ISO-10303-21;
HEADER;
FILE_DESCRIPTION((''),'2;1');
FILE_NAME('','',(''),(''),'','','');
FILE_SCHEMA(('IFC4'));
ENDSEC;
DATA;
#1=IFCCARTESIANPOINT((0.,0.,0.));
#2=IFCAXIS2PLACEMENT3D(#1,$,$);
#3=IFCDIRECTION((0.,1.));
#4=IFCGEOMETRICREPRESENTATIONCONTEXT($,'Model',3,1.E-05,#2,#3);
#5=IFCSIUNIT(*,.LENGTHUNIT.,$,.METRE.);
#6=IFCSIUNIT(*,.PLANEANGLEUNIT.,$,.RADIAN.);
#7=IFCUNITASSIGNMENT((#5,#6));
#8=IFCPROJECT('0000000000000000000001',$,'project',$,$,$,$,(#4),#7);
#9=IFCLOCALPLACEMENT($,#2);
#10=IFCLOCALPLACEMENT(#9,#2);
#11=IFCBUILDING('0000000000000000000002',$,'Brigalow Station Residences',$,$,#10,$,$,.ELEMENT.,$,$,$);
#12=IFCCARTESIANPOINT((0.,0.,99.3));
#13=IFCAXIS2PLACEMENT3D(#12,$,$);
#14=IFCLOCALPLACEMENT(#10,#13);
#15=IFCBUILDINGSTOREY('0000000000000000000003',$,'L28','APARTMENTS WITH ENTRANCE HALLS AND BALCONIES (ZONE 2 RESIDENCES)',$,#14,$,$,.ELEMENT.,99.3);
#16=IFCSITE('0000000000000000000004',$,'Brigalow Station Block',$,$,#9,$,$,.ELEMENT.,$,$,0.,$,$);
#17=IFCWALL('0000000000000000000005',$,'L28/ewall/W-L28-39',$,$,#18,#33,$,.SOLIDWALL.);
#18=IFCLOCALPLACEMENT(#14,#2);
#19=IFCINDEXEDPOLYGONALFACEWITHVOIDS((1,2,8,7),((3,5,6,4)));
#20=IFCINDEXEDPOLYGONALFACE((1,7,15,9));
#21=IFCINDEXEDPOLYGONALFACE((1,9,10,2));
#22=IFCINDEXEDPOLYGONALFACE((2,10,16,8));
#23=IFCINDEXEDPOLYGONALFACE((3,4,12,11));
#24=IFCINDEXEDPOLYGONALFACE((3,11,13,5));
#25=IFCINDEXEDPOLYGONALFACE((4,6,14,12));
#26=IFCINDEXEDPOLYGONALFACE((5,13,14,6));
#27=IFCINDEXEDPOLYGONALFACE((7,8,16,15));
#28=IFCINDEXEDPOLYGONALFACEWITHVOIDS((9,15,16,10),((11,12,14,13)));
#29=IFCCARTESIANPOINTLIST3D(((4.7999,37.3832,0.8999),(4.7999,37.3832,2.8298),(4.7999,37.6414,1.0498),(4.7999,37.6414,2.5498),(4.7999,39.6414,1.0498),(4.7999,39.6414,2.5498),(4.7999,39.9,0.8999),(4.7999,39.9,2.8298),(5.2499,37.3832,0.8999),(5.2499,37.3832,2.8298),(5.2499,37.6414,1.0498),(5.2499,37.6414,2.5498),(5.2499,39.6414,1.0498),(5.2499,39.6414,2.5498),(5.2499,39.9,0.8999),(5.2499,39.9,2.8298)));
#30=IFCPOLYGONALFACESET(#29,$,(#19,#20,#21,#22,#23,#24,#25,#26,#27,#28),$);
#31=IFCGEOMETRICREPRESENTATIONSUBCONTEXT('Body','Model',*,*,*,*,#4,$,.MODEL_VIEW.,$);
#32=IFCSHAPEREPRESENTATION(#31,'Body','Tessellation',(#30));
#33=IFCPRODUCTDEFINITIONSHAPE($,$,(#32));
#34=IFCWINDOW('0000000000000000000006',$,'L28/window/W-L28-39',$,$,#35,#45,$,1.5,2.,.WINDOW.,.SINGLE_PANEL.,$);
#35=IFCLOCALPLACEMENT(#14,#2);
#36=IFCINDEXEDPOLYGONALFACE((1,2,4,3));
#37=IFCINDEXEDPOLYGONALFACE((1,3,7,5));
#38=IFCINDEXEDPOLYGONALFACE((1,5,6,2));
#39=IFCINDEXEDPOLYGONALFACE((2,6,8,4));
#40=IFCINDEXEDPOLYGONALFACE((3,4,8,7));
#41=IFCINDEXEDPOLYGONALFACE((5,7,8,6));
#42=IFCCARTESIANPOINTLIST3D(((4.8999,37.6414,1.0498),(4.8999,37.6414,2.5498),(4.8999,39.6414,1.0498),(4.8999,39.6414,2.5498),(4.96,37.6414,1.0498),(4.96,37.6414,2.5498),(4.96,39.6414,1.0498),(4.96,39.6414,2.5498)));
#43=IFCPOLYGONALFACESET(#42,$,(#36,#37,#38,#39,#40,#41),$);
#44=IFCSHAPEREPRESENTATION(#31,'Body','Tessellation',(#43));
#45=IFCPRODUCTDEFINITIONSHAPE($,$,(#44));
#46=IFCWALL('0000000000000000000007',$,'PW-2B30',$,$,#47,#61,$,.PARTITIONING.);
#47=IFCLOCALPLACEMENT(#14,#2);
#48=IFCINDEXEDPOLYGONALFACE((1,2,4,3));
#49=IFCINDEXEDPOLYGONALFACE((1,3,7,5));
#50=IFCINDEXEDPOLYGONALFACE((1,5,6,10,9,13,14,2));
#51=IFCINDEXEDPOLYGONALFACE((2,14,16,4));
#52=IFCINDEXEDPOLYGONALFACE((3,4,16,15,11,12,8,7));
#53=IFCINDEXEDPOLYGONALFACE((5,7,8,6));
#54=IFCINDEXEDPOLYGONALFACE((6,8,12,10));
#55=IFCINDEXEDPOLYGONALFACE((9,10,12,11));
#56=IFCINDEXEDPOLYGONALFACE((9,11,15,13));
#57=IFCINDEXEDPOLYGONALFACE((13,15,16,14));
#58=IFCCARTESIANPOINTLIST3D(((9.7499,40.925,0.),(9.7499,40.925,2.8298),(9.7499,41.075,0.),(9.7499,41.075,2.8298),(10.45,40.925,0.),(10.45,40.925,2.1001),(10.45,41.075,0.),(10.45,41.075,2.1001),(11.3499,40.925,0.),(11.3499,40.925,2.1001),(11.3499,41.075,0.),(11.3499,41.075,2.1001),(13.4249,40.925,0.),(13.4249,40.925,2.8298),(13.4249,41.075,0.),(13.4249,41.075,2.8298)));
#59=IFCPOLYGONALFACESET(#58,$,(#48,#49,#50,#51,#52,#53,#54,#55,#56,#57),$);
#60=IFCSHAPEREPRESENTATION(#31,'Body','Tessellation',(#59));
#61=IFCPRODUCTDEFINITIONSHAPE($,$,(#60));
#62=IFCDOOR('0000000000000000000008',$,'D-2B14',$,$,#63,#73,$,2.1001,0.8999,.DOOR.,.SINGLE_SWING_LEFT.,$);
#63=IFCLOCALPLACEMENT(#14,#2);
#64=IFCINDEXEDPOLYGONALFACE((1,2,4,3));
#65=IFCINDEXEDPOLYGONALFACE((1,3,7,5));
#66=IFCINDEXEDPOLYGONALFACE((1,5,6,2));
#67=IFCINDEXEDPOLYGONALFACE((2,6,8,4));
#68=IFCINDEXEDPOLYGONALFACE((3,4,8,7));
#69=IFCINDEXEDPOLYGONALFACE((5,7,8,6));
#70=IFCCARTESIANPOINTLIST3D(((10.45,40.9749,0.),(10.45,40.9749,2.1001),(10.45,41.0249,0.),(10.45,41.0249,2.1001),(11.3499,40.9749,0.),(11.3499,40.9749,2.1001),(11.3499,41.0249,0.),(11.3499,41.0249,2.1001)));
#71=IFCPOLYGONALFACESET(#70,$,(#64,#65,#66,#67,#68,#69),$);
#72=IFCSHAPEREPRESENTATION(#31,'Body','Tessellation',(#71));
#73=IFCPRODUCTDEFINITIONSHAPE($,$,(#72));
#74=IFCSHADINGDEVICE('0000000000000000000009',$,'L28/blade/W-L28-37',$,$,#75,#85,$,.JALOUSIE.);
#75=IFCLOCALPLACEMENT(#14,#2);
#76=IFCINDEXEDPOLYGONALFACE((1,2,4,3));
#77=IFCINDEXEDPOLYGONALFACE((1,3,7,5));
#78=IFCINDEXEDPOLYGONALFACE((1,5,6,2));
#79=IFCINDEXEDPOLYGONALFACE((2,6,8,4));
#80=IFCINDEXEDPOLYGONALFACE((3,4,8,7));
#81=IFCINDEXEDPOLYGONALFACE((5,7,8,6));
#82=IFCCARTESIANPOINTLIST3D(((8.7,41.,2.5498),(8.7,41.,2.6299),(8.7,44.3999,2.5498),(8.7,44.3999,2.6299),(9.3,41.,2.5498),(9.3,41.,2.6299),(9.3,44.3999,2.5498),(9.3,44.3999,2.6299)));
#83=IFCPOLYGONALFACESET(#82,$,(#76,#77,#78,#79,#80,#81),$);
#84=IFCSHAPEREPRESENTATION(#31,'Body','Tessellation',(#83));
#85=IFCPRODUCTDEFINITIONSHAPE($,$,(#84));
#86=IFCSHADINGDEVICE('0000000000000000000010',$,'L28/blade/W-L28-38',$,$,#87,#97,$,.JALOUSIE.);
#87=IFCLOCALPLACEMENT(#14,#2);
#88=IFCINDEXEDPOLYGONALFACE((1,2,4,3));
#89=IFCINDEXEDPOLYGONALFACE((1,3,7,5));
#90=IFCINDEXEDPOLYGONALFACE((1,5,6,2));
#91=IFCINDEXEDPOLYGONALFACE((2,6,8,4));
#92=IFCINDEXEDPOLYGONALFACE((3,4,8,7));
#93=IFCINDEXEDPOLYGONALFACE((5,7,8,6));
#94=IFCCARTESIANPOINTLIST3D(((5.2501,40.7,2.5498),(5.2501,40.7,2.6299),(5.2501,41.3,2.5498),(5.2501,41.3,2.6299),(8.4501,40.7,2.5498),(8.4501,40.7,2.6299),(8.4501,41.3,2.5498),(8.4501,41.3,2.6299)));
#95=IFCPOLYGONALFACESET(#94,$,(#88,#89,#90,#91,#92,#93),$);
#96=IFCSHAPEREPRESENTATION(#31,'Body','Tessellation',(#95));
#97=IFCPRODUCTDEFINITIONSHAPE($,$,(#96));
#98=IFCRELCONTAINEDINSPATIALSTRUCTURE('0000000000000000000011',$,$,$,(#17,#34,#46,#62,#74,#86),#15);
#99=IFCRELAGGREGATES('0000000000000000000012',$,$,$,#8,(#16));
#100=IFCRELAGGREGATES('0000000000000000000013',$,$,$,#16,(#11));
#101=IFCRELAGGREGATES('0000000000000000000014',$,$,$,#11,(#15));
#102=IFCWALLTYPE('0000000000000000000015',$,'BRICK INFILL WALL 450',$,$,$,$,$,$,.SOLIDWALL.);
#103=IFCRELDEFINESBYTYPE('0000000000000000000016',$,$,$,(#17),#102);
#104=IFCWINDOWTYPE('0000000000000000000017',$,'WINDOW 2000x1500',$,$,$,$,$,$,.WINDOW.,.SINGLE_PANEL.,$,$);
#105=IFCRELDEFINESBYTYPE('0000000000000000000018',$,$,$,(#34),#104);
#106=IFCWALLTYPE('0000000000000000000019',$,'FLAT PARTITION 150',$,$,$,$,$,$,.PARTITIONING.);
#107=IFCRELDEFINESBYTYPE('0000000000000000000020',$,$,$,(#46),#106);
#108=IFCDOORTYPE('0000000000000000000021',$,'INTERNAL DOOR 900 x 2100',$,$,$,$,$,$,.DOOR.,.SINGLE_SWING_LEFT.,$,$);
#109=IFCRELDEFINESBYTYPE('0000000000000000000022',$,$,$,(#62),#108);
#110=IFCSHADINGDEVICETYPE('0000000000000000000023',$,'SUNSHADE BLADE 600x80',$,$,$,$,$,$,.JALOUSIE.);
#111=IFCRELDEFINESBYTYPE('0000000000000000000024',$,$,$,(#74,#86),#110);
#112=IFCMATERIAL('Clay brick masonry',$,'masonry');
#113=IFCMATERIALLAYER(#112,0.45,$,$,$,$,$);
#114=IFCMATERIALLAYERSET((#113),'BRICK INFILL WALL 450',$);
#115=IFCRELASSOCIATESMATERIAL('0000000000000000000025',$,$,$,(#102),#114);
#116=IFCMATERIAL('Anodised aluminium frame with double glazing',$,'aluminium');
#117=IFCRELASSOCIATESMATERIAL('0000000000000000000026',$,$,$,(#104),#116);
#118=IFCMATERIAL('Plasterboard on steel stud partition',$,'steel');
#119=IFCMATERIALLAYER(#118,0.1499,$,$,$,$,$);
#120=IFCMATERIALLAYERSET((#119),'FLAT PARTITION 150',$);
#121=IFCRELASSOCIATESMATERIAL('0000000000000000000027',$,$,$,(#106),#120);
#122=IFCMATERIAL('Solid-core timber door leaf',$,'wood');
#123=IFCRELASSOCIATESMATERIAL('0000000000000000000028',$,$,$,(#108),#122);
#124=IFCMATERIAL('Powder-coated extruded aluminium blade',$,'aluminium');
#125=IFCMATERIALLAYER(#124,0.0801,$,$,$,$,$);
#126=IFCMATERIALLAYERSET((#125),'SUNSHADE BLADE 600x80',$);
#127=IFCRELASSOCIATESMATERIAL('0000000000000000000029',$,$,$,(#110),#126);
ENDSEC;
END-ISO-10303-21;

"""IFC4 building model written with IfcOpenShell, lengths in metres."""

from ifc_helpers import new_model, si_unit, direction, frame, frame_2d, origin, origin_2d, place, context, subcontext, project, spatial, rectangle, extrude, material, layer, layer_set, type_object, element, fill, save


model = new_model("IFC4")

# Units and contexts
model_context = context("Model", 3, precision=1e-05, world=origin(), true_north=direction((0.0, 1.0)))
body_context = subcontext(model_context, "Body", "Model", "MODEL_VIEW")
ifc_project = project(units=[si_unit("LENGTHUNIT", "METRE"), si_unit("PLANEANGLEUNIT", "RADIAN")], contexts=[model_context])

# Site, building, storey
site_placement = place(None, origin())
site = spatial("IfcSite", under=ifc_project, at=site_placement, Name="Brigalow Station Block", CompositionType="ELEMENT", RefElevation=0.0)
building_placement = place(site_placement, origin())
building = spatial("IfcBuilding", under=site, at=building_placement, Name="Brigalow Station Residences", CompositionType="ELEMENT")
storey_placement = place(building_placement, frame((0.0, 0.0, 99.3)))
storey = spatial("IfcBuildingStorey", under=building, at=storey_placement, Name="L28", Description="APARTMENTS WITH ENTRANCE HALLS AND BALCONIES (ZONE 2 RESIDENCES)", CompositionType="ELEMENT", Elevation=99.3)

# Shared definitions
ifc_material_1 = material(Name="Clay brick masonry", Category="masonry")
ifc_layer_1 = layer(ifc_material_1, 0.45)
ifc_layer_set_1 = layer_set([ifc_layer_1], Name="BRICK INFILL WALL 450")
wall_type_1 = type_object("IfcWallType", Name="BRICK INFILL WALL 450", PredefinedType="SOLIDWALL", material=ifc_layer_set_1)

# Wall, opening, window
wall_1_placement = place(storey_placement, frame((5.0249, 39.8999, 0.8999), z_axis=(0.0, 0.0, 1.0), x_axis=(0.0, -1.0, 0.0)))
wall_1 = element("IfcWall", 1, at=wall_1_placement, inside=storey, type_object=wall_type_1, Name="L28/ewall/W-L28-39", PredefinedType="SOLIDWALL", context=body_context, shape_type="SweptSolid", body=[
    extrude(rectangle(XDim=2.5168, YDim=0.45, at=frame_2d((1.2583, 0.0))), origin(), (0.0, 0.0, 1.0), 1.9299),
])
opening_1_placement = place(wall_1_placement, frame((0.2585, 0.0, 0.1499)))
opening_1 = element("IfcOpeningElement", 2, at=opening_1_placement, cuts=wall_1, PredefinedType="OPENING", context=body_context, shape_type="SweptSolid", body=[
    extrude(rectangle(XDim=2.0, YDim=1.5, at=frame_2d((1.0, 0.75))), frame((0.0, 0.2349, 0.0), z_axis=(0.0, -1.0, 0.0), x_axis=(1.0, 0.0, 0.0)), (0.0, 0.0, 1.0), 0.47),
])
ifc_material_2 = material(Name="Anodised aluminium frame with double glazing", Category="aluminium")
window_type_1 = type_object("IfcWindowType", Name="WINDOW 2000x1500", PartitioningType="SINGLE_PANEL", PredefinedType="WINDOW", material=ifc_material_2)
window_1_placement = place(opening_1_placement, origin())
window_1 = element("IfcWindow", 3, at=window_1_placement, inside=storey, type_object=window_type_1, Name="L28/window/W-L28-39", OverallHeight=1.5, OverallWidth=2.0, PartitioningType="SINGLE_PANEL", PredefinedType="WINDOW", context=body_context, shape_type="SweptSolid", body=[
    extrude(rectangle(XDim=2.0, YDim=1.5, at=frame_2d((1.0, 0.75))), frame((0.0, -0.0649, 0.0), z_axis=(0.0, -1.0, 0.0), x_axis=(1.0, 0.0, 0.0)), (0.0, 0.0, 1.0), 0.0601),
])
fill(opening_1, window_1)

# Wall, opening, door
ifc_material_3 = material(Name="Plasterboard on steel stud partition", Category="steel")
ifc_layer_2 = layer(ifc_material_3, 0.1499)
ifc_layer_set_2 = layer_set([ifc_layer_2], Name="FLAT PARTITION 150")
wall_type_2 = type_object("IfcWallType", Name="FLAT PARTITION 150", PredefinedType="PARTITIONING", material=ifc_layer_set_2)
wall_2_placement = place(storey_placement, frame((9.75, 41.0, 0.0), z_axis=(0.0, 0.0, 1.0), x_axis=(1.0, 0.0, 0.0)))
wall_2 = element("IfcWall", 4, at=wall_2_placement, inside=storey, type_object=wall_type_2, Name="PW-2B30", PredefinedType="PARTITIONING", context=body_context, shape_type="SweptSolid", body=[
    extrude(rectangle(XDim=3.675, YDim=0.1499, at=frame_2d((1.8374, 0.0))), origin(), (0.0, 0.0, 1.0), 2.8298),
])
opening_2_placement = place(wall_2_placement, frame((0.7, 0.0, 0.0)))
opening_2 = element("IfcOpeningElement", 5, at=opening_2_placement, cuts=wall_2, PredefinedType="OPENING", context=body_context, shape_type="SweptSolid", body=[
    extrude(rectangle(XDim=0.8999, YDim=2.1001, at=frame_2d((0.45, 1.05))), frame((0.0, 0.085, 0.0), z_axis=(0.0, -1.0, 0.0), x_axis=(1.0, 0.0, 0.0)), (0.0, 0.0, 1.0), 0.1699),
])
ifc_material_4 = material(Name="Solid-core timber door leaf", Category="wood")
door_type_1 = type_object("IfcDoorType", Name="INTERNAL DOOR 900 x 2100", OperationType="SINGLE_SWING_LEFT", PredefinedType="DOOR", material=ifc_material_4)
door_1_placement = place(opening_2_placement, origin())
door_1 = element("IfcDoor", 6, at=door_1_placement, inside=storey, type_object=door_type_1, Name="D-2B14", OperationType="SINGLE_SWING_LEFT", OverallHeight=2.1001, OverallWidth=0.8999, PredefinedType="DOOR", context=body_context, shape_type="SweptSolid", body=[
    extrude(rectangle(XDim=0.8999, YDim=2.1001, at=frame_2d((0.45, 1.05))), frame((0.0, 0.0249, 0.0), z_axis=(0.0, -1.0, 0.0), x_axis=(1.0, 0.0, 0.0)), (0.0, 0.0, 1.0), 0.05),
])
fill(opening_2, door_1)

# Shading devices
ifc_material_5 = material(Name="Powder-coated extruded aluminium blade", Category="aluminium")
ifc_layer_3 = layer(ifc_material_5, 0.0801)
ifc_layer_set_3 = layer_set([ifc_layer_3], Name="SUNSHADE BLADE 600x80")
shading_device_type = type_object("IfcShadingDeviceType", Name="SUNSHADE BLADE 600x80", PredefinedType="JALOUSIE", material=ifc_layer_set_3)
shading_device_1_placement = place(storey_placement, frame((9.0, 42.7, 2.5498), z_axis=(0.0, 0.0, 1.0), x_axis=(0.0, -1.0, 0.0)))
element("IfcShadingDevice", 7, at=shading_device_1_placement, inside=storey, type_object=shading_device_type, Name="L28/blade/W-L28-37", PredefinedType="JALOUSIE", context=body_context, shape_type="SweptSolid", body=[
    extrude(rectangle(XDim=3.3999, YDim=0.6001, at=origin_2d()), origin(), (0.0, 0.0, 1.0), 0.0801),
])
shading_device_2_placement = place(storey_placement, frame((6.8501, 41.0, 2.5498), z_axis=(0.0, 0.0, 1.0), x_axis=(-1.0, 0.0, 0.0)))
element("IfcShadingDevice", 8, at=shading_device_2_placement, inside=storey, type_object=shading_device_type, Name="L28/blade/W-L28-38", PredefinedType="JALOUSIE", context=body_context, shape_type="SweptSolid", body=[
    extrude(rectangle(XDim=3.2, YDim=0.6001, at=origin_2d()), origin(), (0.0, 0.0, 1.0), 0.0801),
])

save(model, "model.ifc")
